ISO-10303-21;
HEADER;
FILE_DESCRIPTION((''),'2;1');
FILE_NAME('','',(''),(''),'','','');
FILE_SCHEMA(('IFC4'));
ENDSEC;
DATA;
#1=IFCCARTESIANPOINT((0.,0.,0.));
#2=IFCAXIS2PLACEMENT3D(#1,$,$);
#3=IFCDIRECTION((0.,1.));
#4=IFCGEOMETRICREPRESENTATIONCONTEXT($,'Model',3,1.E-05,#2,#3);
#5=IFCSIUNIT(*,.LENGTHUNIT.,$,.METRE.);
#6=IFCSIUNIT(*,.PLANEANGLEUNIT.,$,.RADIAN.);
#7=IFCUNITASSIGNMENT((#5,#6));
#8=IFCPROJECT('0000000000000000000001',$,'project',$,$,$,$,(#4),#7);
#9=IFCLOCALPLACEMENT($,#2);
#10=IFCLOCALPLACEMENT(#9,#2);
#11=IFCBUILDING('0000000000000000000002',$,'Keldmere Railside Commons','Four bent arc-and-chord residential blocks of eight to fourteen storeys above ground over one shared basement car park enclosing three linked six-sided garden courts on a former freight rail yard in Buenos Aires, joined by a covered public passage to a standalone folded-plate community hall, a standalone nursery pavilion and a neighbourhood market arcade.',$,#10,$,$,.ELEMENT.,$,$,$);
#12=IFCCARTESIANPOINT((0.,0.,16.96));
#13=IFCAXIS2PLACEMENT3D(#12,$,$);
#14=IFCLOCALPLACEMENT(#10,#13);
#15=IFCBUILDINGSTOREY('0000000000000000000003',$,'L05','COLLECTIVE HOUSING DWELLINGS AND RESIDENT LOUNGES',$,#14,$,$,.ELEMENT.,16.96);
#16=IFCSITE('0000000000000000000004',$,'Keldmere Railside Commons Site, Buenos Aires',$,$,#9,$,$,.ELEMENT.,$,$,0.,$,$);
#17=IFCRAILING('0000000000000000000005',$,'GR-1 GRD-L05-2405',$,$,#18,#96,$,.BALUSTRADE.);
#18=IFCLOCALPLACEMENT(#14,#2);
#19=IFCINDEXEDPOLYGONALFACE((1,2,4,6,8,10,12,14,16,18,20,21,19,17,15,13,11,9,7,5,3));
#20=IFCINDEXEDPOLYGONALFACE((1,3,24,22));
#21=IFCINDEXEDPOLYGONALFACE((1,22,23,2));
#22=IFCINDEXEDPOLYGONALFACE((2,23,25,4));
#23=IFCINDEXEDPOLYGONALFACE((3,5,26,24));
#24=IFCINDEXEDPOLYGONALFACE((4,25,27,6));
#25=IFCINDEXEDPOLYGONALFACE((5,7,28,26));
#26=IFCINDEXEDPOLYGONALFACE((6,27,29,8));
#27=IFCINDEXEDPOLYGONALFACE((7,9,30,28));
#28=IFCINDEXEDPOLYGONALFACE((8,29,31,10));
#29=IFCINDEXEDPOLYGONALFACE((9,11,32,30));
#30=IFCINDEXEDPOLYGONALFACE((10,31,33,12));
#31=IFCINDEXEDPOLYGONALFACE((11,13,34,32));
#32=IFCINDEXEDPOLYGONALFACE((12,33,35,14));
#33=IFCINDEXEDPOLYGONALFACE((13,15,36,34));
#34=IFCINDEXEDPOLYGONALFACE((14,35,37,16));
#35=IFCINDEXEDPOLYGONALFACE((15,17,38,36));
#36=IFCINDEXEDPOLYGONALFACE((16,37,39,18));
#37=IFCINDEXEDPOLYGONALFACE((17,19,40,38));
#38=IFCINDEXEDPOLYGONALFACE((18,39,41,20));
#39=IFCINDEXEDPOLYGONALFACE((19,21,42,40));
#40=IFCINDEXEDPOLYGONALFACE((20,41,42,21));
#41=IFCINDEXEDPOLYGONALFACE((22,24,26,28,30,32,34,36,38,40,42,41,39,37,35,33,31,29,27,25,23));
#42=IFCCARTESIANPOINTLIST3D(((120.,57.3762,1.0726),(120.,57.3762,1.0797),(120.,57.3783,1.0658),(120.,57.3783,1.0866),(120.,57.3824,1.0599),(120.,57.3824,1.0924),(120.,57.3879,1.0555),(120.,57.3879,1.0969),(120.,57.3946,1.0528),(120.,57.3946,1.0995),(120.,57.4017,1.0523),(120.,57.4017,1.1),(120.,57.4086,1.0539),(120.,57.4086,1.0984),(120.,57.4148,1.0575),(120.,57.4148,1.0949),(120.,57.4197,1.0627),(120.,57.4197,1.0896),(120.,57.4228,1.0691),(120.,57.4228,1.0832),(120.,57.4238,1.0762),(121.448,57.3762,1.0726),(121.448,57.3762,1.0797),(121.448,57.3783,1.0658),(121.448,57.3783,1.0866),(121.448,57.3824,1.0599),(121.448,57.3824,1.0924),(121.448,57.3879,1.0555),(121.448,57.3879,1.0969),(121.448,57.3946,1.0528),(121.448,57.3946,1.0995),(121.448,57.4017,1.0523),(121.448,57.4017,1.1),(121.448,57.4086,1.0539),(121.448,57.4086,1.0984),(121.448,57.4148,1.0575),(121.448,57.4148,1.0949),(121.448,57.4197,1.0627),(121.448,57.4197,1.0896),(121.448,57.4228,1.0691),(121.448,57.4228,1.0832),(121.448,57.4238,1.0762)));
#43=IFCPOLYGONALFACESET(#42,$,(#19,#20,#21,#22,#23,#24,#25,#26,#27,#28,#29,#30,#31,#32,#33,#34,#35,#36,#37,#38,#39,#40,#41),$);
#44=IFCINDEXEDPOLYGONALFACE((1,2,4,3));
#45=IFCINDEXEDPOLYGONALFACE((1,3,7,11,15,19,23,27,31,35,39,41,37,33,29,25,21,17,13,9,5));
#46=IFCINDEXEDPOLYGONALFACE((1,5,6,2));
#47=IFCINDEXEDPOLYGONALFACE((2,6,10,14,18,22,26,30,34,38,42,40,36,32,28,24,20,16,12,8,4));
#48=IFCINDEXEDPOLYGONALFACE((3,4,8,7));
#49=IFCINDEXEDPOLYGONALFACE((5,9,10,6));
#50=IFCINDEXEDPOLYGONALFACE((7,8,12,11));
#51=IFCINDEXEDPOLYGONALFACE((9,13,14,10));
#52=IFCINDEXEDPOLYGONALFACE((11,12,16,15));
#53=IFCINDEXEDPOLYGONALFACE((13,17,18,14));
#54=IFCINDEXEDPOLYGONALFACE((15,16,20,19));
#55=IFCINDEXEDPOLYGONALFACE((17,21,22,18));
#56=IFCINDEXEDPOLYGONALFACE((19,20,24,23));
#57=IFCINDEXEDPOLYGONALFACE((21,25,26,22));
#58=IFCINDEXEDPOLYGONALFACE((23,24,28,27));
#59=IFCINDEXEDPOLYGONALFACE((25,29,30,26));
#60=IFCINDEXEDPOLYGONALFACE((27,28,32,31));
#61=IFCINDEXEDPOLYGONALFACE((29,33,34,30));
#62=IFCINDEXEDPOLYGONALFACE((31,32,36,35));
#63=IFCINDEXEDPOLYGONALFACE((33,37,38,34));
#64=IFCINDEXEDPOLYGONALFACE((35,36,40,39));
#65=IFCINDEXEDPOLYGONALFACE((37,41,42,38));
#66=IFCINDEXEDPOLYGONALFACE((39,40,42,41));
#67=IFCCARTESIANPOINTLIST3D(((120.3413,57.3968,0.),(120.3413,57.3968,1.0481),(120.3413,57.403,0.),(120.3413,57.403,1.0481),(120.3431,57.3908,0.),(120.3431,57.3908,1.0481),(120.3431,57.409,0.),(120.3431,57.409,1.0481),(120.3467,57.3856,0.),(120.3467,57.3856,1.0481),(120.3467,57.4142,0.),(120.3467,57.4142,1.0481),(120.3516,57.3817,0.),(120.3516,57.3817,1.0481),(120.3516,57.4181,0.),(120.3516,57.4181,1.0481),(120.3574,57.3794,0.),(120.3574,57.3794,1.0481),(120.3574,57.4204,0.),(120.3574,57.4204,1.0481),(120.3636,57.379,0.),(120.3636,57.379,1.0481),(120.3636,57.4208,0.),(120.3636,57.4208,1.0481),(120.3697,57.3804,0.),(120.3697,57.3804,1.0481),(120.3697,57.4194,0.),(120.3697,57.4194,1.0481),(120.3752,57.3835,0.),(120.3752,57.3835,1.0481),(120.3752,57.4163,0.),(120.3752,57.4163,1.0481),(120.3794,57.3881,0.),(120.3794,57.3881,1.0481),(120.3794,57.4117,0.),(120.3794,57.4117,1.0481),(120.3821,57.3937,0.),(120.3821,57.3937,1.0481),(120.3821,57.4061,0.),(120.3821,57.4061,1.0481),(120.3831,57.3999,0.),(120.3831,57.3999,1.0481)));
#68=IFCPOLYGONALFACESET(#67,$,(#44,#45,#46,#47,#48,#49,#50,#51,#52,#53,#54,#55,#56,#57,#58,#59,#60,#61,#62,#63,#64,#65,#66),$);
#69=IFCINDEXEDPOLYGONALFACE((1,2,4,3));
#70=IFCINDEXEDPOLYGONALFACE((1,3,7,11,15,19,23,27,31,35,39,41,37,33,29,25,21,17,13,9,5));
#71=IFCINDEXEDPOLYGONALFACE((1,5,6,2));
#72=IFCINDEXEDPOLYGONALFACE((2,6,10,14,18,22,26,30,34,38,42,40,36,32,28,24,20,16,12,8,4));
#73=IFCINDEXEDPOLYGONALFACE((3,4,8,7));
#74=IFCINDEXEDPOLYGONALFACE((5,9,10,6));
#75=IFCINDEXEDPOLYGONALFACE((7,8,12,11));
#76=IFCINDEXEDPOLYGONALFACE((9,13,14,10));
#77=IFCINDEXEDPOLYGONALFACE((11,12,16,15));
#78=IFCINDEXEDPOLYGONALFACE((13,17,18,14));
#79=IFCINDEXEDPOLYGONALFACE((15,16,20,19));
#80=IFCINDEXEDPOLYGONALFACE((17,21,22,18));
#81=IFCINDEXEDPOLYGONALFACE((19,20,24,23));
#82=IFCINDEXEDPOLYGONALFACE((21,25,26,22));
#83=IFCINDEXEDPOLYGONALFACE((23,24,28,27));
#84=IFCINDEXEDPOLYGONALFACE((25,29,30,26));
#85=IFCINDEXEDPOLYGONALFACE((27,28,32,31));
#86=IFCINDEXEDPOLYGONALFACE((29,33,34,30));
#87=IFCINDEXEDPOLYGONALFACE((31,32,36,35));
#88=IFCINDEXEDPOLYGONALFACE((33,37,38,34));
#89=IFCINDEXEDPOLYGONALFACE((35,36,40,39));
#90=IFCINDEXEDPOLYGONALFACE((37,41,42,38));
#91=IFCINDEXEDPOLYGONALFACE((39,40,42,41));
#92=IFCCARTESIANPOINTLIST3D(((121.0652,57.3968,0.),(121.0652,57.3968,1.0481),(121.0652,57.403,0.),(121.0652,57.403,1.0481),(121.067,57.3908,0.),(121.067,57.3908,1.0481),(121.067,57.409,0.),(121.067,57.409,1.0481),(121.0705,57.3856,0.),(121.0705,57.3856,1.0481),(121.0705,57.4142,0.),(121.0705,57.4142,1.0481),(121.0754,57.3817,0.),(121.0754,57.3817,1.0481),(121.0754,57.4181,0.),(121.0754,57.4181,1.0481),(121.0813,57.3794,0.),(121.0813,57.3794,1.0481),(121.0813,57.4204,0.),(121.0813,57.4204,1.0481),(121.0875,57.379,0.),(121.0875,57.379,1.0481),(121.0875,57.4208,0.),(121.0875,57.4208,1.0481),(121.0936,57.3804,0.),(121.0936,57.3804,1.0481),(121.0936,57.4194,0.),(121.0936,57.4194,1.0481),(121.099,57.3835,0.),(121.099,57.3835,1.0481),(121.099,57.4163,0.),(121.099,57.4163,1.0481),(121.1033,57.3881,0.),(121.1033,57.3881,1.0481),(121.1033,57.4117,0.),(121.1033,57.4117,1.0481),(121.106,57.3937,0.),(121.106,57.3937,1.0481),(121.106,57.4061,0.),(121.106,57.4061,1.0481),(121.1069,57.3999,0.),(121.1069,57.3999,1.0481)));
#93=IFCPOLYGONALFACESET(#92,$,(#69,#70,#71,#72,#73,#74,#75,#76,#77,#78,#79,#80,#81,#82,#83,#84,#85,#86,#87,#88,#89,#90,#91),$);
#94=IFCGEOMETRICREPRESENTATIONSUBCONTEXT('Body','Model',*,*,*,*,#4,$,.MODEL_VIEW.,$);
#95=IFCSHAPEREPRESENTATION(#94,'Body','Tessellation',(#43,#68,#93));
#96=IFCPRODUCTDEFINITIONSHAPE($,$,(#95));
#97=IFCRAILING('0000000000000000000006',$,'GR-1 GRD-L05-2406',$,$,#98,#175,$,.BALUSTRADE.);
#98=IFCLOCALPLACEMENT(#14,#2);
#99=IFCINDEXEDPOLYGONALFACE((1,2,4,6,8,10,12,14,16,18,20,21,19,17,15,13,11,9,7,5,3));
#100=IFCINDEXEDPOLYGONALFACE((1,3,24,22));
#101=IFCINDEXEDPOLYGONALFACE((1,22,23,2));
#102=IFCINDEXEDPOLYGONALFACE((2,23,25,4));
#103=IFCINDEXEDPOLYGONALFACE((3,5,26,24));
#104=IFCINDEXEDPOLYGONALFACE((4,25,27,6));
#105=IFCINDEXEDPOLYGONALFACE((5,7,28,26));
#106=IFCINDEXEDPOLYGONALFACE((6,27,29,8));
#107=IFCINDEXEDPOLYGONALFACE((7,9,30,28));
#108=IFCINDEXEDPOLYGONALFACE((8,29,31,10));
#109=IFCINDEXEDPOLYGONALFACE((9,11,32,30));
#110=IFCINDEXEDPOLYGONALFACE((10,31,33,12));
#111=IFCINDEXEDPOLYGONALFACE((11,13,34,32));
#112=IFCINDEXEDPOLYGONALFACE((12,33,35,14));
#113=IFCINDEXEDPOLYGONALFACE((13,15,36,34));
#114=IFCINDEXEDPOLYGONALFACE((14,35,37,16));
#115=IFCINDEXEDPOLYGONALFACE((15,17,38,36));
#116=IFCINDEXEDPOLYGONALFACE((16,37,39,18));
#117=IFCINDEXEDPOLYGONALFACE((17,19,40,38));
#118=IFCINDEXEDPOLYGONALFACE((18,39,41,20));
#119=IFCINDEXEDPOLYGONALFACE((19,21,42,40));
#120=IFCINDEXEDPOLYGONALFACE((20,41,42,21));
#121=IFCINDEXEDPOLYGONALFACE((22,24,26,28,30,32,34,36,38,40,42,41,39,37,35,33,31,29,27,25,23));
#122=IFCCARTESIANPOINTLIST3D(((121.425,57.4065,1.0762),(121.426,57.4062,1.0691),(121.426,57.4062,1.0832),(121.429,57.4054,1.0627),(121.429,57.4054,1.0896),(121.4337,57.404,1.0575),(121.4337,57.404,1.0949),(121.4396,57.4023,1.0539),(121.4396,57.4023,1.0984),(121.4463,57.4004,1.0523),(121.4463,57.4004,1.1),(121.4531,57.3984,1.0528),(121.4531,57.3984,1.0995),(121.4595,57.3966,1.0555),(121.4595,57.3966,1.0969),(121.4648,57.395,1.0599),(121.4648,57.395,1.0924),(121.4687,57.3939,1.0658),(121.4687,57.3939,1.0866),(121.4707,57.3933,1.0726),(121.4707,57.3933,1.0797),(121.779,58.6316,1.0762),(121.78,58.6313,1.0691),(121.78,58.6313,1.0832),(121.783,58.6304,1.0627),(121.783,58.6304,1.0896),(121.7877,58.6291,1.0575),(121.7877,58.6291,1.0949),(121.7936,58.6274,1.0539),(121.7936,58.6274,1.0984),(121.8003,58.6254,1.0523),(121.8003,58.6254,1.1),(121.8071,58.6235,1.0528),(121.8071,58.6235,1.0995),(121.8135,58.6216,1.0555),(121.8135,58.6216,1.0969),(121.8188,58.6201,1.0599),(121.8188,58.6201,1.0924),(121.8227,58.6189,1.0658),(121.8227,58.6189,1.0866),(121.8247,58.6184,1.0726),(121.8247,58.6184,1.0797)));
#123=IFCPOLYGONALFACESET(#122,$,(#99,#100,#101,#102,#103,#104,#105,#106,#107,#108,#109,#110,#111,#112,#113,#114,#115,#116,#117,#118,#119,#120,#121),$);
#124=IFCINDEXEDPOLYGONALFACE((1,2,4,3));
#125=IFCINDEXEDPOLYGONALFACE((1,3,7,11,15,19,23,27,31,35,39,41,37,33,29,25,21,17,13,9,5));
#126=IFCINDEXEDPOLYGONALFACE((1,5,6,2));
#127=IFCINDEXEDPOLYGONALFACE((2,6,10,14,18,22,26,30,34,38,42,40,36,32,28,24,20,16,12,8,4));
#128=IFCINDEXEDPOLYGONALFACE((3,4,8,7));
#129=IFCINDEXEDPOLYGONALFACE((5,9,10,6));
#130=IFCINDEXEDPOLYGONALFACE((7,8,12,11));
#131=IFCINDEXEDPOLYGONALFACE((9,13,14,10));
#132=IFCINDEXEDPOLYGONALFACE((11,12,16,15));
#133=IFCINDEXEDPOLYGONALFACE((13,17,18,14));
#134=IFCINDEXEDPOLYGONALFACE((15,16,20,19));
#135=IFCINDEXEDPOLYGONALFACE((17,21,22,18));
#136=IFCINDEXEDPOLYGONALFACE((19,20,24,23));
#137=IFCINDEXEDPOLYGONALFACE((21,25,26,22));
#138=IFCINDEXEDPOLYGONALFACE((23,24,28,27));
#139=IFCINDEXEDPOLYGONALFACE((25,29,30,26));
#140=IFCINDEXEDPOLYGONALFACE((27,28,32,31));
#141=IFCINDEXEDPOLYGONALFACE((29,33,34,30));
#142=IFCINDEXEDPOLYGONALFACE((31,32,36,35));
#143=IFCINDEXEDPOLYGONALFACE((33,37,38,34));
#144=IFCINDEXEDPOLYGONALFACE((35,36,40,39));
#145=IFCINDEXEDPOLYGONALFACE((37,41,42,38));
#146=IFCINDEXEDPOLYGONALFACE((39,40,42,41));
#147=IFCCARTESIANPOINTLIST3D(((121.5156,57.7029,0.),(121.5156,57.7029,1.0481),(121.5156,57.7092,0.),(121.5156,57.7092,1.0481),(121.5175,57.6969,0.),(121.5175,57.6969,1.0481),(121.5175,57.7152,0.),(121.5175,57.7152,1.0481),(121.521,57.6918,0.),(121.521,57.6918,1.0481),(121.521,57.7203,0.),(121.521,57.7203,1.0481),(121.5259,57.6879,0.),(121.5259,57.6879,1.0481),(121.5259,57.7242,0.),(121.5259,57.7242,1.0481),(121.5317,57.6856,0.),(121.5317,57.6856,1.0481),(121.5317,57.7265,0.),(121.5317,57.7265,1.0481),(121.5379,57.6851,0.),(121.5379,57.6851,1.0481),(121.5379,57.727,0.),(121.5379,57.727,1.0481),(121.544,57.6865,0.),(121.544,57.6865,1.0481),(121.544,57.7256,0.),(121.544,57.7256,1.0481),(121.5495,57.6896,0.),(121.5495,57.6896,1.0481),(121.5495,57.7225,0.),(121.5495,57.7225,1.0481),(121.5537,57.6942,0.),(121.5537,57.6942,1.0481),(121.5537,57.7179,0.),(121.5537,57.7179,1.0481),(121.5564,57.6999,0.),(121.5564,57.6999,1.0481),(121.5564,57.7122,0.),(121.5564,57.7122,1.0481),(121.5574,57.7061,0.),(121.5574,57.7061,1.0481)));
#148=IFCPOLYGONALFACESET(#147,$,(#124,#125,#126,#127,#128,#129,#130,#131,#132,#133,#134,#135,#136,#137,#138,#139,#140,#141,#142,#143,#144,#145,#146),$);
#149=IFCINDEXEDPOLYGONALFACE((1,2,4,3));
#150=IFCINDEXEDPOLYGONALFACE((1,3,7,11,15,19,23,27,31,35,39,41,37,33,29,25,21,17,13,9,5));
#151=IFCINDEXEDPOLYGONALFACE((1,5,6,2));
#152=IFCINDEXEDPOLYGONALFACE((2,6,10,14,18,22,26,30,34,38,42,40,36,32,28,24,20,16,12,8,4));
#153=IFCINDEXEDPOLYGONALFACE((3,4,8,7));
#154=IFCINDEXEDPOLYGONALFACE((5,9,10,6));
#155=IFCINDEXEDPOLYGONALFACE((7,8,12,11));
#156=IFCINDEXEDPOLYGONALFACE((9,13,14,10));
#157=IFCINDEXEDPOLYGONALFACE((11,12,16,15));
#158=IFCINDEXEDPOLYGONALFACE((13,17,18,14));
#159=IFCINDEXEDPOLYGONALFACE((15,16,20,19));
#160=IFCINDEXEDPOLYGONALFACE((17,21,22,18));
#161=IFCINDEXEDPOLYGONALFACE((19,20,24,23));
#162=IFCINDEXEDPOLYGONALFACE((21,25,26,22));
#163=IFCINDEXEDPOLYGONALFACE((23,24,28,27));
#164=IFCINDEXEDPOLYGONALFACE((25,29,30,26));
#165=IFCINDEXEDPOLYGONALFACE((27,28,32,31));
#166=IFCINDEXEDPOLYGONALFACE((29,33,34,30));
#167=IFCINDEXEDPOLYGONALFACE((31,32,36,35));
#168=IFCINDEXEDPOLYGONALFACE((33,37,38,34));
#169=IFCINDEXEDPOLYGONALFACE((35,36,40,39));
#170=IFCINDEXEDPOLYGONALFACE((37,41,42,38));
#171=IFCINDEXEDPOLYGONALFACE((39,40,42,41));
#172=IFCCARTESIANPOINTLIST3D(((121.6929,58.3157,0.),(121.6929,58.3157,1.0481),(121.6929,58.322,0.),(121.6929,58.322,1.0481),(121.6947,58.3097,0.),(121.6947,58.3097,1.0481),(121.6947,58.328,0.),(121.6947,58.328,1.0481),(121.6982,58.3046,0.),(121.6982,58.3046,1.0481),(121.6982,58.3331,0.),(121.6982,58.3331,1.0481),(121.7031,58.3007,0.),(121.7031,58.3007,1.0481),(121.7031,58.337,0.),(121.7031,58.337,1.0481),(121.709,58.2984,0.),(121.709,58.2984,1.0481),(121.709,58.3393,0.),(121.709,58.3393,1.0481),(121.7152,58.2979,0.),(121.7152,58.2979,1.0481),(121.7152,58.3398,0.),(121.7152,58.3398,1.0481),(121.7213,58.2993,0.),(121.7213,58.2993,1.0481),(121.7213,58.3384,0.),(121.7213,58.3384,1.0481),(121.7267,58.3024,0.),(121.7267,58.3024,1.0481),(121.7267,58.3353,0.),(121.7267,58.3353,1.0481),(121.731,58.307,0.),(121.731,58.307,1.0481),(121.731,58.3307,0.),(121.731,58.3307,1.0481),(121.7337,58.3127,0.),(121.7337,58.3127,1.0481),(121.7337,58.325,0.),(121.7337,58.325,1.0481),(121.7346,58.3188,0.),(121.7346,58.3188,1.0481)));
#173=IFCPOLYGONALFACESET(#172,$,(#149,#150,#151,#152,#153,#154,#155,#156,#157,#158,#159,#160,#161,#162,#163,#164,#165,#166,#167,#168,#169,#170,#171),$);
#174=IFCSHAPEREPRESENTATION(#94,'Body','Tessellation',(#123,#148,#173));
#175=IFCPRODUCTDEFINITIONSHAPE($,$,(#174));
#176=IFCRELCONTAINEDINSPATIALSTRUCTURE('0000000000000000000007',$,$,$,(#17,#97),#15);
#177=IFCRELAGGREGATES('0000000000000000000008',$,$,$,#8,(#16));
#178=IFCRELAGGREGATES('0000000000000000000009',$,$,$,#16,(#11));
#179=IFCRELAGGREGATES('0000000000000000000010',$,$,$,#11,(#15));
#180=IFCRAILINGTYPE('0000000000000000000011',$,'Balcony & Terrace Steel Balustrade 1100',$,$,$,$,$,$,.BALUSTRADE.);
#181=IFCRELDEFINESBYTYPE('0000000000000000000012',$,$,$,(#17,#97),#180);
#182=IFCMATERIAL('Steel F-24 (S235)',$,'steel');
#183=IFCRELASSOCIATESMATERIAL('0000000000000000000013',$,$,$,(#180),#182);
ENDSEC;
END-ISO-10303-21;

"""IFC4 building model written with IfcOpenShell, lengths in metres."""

from ifc_helpers import new_model, si_unit, direction, frame, origin, origin_2d, place, context, subcontext, project, spatial, circle, extrude, material, type_object, element, save


model = new_model("IFC4")

# Units and contexts
model_context = context("Model", 3, precision=1e-05, world=origin(), true_north=direction((0.0, 1.0)))
body_context = subcontext(model_context, "Body", "Model", "MODEL_VIEW")
ifc_project = project(units=[si_unit("LENGTHUNIT", "METRE"), si_unit("PLANEANGLEUNIT", "RADIAN")], contexts=[model_context])

# Site, building, storey
site_placement = place(None, origin())
site = spatial("IfcSite", under=ifc_project, at=site_placement, Name="Keldmere Railside Commons Site, Buenos Aires", CompositionType="ELEMENT", RefElevation=0.0)
building_placement = place(site_placement, origin())
building = spatial("IfcBuilding", under=site, at=building_placement, Name="Keldmere Railside Commons", Description="Four bent arc-and-chord residential blocks of eight to fourteen storeys above ground over one shared basement car park enclosing three linked six-sided garden courts on a former freight rail yard in Buenos Aires, joined by a covered public passage to a standalone folded-plate community hall, a standalone nursery pavilion and a neighbourhood market arcade.", CompositionType="ELEMENT")
storey_placement = place(building_placement, frame((0.0, 0.0, 16.96)))
storey = spatial("IfcBuildingStorey", under=building, at=storey_placement, Name="L05", Description="COLLECTIVE HOUSING DWELLINGS AND RESIDENT LOUNGES", CompositionType="ELEMENT", Elevation=16.96)

# Railings
ifc_material_1 = material(Name="Steel F-24 (S235)", Category="steel")
railing_type = type_object("IfcRailingType", Name="Balcony & Terrace Steel Balustrade 1100", PredefinedType="BALUSTRADE", material=ifc_material_1)
railing_1_placement = place(storey_placement, frame((120.0, 57.3999, 0.0)))
element("IfcRailing", 1, at=railing_1_placement, inside=storey, type_object=railing_type, Name="GR-1 GRD-L05-2405", PredefinedType="BALUSTRADE", context=body_context, shape_type="SweptSolid", body=[
    extrude(circle(Radius=0.0239, at=origin_2d()), frame((0.0, 0.0, 1.0762), z_axis=(1.0, 0.0, 0.0), x_axis=(0.0, 1.0, 0.0)), (0.0, 0.0, 1.0), 1.448),
    extrude(circle(Radius=0.021, at=origin_2d()), frame((0.3621, 0.0, 0.0)), (0.0, 0.0, 1.0), 1.0481),
    extrude(circle(Radius=0.021, at=origin_2d()), frame((1.0859, 0.0, 0.0)), (0.0, 0.0, 1.0), 1.0481),
])
railing_2_placement = place(storey_placement, frame((121.448, 57.3999, 0.0)))
element("IfcRailing", 2, at=railing_2_placement, inside=storey, type_object=railing_type, Name="GR-1 GRD-L05-2406", PredefinedType="BALUSTRADE", context=body_context, shape_type="SweptSolid", body=[
    extrude(circle(Radius=0.0239, at=origin_2d()), frame((0.0, 0.0, 1.0762), z_axis=(0.277602, 0.960696, 0.0), x_axis=(-0.960696, 0.277602, 0.0)), (0.0, 0.0, 1.0), 1.2751),
    extrude(circle(Radius=0.021, at=origin_2d()), frame((0.0884, 0.3062, 0.0)), (0.0, 0.0, 1.0), 1.0481),
    extrude(circle(Radius=0.021, at=origin_2d()), frame((0.2656, 0.9189, 0.0)), (0.0, 0.0, 1.0), 1.0481),
])

save(model, "model.ifc")
